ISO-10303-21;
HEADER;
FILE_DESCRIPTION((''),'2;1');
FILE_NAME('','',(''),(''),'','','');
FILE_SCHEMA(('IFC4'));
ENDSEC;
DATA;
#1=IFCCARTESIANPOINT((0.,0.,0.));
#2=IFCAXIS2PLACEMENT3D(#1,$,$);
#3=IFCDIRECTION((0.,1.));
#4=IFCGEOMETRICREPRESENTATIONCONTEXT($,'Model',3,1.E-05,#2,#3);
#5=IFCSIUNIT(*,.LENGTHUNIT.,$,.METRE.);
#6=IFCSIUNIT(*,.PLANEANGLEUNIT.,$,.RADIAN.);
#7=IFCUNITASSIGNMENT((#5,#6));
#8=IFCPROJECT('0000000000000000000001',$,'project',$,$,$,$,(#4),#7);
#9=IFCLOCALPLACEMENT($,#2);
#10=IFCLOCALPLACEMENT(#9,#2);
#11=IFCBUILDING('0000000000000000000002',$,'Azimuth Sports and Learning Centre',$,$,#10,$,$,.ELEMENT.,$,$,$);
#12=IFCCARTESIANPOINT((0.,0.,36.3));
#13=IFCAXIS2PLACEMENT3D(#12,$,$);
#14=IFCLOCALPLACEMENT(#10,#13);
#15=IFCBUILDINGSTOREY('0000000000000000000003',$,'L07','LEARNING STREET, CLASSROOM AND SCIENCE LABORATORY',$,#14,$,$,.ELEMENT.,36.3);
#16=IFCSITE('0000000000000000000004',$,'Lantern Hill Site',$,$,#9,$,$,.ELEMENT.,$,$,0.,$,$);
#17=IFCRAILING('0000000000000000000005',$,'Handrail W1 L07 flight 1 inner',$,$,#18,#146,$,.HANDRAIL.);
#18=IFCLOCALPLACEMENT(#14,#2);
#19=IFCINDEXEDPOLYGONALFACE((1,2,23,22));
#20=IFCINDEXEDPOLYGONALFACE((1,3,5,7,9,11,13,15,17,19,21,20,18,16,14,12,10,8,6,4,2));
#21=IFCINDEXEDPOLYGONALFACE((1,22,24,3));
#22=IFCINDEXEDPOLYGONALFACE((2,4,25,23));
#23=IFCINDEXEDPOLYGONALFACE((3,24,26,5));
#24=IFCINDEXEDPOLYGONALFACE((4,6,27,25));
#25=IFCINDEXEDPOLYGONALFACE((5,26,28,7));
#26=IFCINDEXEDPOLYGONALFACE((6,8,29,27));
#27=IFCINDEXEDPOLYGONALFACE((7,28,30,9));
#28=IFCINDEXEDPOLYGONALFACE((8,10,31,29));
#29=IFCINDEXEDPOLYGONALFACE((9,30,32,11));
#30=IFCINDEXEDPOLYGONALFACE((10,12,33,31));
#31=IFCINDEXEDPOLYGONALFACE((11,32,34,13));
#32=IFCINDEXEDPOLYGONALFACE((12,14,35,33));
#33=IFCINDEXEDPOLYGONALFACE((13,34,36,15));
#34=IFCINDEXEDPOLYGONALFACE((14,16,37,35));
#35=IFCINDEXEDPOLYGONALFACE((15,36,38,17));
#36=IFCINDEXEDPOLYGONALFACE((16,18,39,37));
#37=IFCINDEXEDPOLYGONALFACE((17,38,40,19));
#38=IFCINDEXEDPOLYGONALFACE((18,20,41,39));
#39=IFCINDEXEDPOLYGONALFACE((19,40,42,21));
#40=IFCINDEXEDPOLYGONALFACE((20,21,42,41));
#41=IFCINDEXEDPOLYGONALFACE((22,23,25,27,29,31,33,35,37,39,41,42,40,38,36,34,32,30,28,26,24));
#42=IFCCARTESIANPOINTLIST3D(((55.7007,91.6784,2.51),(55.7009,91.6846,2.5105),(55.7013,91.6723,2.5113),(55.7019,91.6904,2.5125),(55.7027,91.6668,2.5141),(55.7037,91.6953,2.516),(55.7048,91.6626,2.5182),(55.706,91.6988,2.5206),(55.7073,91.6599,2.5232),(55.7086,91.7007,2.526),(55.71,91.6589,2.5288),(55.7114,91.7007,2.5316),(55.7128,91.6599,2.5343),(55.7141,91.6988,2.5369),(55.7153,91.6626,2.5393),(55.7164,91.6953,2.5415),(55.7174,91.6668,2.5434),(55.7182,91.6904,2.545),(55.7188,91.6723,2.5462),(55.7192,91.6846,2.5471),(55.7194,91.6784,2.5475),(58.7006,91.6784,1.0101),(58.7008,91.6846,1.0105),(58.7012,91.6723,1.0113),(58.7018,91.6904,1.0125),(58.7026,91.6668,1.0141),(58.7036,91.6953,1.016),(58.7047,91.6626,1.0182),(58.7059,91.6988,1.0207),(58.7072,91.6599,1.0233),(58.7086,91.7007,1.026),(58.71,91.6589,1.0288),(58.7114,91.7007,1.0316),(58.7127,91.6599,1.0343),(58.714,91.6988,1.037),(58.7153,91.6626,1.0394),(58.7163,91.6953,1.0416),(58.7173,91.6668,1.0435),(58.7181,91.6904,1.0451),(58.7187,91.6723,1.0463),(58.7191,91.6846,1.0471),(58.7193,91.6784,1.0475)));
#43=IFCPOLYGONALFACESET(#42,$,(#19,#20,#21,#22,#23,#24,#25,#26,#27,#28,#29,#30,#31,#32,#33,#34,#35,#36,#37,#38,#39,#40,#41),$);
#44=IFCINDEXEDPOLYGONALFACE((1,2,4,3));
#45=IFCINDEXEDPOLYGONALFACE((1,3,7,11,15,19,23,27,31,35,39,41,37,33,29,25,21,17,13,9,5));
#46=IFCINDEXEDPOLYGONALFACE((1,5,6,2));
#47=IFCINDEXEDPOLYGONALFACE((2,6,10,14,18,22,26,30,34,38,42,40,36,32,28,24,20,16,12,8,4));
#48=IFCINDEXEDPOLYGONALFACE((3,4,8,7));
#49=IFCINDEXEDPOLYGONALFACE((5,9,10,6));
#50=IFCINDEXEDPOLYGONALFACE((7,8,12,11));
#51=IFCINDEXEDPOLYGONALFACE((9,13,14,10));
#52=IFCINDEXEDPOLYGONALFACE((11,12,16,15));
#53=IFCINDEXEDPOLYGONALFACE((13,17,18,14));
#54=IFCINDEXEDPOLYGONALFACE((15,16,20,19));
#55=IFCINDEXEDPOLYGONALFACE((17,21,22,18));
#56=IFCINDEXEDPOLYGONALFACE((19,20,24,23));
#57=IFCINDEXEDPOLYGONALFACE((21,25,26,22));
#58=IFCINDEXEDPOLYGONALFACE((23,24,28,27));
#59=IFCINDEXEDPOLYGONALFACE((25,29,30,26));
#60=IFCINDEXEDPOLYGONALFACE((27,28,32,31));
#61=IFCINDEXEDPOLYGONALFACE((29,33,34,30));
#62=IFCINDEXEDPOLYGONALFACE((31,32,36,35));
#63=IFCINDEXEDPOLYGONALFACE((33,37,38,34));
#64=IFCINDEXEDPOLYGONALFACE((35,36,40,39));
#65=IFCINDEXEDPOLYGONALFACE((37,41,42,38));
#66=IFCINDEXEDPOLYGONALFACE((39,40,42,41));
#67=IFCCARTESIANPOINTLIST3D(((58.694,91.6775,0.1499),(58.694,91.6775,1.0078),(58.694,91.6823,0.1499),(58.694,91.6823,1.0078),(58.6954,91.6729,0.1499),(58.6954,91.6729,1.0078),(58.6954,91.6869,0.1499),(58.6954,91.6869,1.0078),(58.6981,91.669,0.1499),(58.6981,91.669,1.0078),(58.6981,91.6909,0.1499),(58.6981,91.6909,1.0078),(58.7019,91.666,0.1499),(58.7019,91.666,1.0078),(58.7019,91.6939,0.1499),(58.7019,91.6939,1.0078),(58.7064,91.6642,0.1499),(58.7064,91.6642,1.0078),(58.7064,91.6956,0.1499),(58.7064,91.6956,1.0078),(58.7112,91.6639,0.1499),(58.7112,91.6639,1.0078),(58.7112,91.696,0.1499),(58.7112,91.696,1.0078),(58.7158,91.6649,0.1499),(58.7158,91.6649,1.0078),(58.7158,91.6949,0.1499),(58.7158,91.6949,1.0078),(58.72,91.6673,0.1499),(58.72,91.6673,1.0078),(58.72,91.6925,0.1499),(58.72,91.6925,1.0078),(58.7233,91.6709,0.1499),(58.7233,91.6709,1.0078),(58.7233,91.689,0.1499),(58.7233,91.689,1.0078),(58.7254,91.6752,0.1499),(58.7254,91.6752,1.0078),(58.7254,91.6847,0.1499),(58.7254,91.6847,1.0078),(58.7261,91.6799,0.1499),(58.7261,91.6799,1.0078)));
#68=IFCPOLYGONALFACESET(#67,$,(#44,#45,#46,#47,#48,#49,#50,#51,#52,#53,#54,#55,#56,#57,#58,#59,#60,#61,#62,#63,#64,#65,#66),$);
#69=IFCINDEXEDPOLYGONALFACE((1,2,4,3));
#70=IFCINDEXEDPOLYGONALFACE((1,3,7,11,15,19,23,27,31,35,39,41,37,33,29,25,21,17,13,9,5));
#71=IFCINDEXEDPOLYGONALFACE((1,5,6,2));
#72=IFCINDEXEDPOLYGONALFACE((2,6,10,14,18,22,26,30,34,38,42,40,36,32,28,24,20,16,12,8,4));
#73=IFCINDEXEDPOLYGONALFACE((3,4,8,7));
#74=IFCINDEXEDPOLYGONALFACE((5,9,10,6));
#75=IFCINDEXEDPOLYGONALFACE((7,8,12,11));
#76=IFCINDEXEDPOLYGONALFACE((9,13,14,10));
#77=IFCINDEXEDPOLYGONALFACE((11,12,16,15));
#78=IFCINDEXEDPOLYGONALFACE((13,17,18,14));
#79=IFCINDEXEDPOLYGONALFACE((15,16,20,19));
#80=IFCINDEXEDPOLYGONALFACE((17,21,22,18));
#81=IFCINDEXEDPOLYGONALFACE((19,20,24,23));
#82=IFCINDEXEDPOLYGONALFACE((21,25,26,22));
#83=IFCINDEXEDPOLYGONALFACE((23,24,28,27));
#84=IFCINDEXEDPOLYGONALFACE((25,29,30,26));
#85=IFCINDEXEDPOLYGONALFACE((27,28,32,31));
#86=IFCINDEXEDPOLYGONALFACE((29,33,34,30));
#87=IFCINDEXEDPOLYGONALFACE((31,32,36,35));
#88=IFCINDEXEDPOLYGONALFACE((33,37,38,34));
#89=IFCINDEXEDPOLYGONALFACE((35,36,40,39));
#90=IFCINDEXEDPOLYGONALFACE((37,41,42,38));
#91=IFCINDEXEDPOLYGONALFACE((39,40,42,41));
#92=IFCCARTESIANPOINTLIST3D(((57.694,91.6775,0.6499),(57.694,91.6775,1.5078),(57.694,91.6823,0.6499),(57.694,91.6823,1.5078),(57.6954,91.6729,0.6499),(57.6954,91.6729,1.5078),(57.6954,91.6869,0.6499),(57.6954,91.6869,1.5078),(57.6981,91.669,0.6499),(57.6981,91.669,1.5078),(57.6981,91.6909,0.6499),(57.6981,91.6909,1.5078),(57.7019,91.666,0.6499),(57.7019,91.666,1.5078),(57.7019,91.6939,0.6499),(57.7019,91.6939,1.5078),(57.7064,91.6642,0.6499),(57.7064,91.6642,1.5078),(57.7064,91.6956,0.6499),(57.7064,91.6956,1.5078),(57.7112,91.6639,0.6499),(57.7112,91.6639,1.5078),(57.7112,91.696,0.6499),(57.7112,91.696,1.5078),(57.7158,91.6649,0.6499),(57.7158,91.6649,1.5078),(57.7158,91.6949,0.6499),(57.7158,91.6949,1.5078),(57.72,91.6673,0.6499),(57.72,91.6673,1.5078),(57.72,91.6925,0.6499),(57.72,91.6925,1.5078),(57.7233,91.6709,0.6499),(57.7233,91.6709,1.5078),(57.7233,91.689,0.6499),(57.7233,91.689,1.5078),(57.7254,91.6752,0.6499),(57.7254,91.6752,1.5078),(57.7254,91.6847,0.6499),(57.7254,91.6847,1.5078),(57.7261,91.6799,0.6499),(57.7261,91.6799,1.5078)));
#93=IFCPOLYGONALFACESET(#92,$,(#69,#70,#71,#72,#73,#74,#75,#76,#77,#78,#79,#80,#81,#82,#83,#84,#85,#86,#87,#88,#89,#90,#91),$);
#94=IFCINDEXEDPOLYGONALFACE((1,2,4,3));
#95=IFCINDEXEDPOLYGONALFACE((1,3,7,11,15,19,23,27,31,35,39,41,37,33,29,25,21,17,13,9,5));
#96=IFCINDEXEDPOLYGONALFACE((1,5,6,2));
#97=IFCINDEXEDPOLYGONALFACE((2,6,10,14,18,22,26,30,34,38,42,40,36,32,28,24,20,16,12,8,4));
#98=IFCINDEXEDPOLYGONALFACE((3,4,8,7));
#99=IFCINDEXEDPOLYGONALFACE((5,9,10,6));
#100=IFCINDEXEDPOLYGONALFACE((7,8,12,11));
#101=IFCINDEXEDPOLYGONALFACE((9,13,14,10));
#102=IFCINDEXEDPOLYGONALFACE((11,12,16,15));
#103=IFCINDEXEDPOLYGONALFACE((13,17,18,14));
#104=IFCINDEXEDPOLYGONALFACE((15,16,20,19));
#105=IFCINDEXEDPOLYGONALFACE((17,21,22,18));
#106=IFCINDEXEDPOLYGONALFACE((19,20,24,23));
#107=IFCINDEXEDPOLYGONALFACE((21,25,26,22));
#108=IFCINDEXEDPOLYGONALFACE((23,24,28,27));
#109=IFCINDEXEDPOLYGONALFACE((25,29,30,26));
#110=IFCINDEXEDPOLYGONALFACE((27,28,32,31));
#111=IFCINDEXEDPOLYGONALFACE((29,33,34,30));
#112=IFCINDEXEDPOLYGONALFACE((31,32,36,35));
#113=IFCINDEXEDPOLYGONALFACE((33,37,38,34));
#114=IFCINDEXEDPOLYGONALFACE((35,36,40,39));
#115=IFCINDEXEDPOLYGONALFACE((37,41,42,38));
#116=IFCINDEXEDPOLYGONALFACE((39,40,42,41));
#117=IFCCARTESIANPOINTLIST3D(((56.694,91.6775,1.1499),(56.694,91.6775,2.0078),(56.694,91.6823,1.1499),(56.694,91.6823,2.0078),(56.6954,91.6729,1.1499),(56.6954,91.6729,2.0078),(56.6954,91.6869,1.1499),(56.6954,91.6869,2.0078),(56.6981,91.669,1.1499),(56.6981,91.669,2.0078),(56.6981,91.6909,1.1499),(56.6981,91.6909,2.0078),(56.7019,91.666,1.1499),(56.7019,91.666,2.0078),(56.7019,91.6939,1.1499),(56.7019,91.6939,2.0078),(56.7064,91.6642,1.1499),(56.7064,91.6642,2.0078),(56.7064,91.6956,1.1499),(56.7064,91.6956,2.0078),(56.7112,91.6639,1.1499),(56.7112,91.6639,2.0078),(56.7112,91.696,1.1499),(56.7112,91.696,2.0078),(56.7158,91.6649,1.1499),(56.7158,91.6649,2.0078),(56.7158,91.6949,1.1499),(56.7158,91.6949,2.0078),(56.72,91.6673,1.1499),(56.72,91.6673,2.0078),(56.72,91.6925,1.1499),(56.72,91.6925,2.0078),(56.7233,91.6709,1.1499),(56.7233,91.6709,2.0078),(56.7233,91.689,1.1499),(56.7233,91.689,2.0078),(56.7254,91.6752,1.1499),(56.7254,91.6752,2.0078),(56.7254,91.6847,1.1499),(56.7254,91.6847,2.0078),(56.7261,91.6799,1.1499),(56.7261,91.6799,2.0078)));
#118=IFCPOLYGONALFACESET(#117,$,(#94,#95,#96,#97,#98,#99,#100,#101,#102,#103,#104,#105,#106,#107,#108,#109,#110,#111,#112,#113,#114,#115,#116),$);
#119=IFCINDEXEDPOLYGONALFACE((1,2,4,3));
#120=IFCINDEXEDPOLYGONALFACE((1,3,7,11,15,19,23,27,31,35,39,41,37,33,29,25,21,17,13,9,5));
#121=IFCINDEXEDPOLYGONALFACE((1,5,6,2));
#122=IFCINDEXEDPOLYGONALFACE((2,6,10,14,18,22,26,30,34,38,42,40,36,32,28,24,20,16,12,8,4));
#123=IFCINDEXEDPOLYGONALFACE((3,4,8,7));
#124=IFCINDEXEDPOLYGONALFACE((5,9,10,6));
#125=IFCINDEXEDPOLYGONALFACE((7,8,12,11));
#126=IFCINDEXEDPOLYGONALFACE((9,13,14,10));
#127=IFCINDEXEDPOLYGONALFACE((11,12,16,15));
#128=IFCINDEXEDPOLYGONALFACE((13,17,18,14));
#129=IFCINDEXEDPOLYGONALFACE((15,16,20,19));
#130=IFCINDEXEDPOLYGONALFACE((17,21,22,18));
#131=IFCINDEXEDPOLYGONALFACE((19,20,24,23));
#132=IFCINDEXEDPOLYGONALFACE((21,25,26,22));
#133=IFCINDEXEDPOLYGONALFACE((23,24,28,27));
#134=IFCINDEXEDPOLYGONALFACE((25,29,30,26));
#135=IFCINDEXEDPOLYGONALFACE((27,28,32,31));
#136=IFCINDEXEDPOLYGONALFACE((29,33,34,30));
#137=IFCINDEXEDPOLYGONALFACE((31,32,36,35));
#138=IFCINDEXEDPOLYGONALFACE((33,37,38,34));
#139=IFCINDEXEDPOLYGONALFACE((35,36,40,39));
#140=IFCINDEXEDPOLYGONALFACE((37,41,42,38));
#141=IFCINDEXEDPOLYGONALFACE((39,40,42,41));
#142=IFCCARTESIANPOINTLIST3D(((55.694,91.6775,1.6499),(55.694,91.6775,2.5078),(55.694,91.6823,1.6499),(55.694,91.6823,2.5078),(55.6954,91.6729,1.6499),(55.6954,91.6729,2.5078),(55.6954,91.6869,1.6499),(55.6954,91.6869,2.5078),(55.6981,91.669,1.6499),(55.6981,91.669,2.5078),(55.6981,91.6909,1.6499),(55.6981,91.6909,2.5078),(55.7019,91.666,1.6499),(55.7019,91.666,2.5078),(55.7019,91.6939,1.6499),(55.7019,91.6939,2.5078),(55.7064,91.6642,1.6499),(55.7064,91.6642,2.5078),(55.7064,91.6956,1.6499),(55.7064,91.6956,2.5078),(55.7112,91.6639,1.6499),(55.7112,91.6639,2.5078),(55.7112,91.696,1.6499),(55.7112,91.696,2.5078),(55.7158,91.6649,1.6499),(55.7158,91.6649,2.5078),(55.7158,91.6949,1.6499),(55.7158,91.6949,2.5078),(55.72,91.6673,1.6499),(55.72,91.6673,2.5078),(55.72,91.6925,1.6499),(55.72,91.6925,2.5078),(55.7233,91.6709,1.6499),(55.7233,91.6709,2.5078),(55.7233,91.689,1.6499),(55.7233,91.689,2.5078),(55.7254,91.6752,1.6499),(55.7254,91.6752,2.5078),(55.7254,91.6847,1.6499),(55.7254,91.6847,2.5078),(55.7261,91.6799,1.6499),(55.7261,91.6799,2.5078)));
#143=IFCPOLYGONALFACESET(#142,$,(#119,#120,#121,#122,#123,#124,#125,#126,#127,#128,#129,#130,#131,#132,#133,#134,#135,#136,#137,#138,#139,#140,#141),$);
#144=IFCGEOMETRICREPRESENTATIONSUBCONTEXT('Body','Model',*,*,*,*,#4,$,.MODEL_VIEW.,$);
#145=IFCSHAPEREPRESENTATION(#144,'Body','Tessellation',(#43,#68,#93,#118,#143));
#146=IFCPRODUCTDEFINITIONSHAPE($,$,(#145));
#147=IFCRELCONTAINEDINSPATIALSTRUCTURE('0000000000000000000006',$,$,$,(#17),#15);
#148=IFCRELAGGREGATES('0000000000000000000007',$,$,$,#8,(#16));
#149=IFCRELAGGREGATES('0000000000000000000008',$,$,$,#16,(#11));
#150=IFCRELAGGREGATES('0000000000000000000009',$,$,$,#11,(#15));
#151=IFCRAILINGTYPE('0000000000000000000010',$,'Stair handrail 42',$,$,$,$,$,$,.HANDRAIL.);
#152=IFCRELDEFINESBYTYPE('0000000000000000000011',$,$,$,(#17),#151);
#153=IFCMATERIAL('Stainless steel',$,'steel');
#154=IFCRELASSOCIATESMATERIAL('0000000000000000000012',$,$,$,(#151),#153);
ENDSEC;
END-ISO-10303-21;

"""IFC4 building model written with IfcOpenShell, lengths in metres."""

from ifc_helpers import new_model, si_unit, direction, frame, origin, origin_2d, place, context, subcontext, project, spatial, circle, extrude, material, type_object, element, save


model = new_model("IFC4")

# Units and contexts
model_context = context("Model", 3, precision=1e-05, world=origin(), true_north=direction((0.0, 1.0)))
body_context = subcontext(model_context, "Body", "Model", "MODEL_VIEW")
ifc_project = project(units=[si_unit("LENGTHUNIT", "METRE"), si_unit("PLANEANGLEUNIT", "RADIAN")], contexts=[model_context])

# Site, building, storey
site_placement = place(None, origin())
site = spatial("IfcSite", under=ifc_project, at=site_placement, Name="Lantern Hill Site", CompositionType="ELEMENT", RefElevation=0.0)
building_placement = place(site_placement, origin())
building = spatial("IfcBuilding", under=site, at=building_placement, Name="Azimuth Sports and Learning Centre", CompositionType="ELEMENT")
storey_placement = place(building_placement, frame((0.0, 0.0, 36.3)))
storey = spatial("IfcBuildingStorey", under=building, at=storey_placement, Name="L07", Description="LEARNING STREET, CLASSROOM AND SCIENCE LABORATORY", CompositionType="ELEMENT", Elevation=36.3)

# Railing
ifc_material_1 = material(Name="Stainless steel", Category="steel")
railing_type_1 = type_object("IfcRailingType", Name="Stair handrail 42", PredefinedType="HANDRAIL", material=ifc_material_1)
for number, where, name in (
    (1, (58.71, 91.6799, 0.1499), "Handrail W1 L07 flight 1 inner"),
):
    element("IfcRailing", number, at=place(storey_placement, frame(where)), inside=storey, type_object=railing_type_1, Name=name, PredefinedType="HANDRAIL", context=body_context, shape_type="SweptSolid", body=[
        extrude(circle(Radius=0.021, at=origin_2d()), frame((0.0, 0.0, 0.8789), z_axis=(-0.894427, 0.0, 0.447214), x_axis=(0.0, -1.0, 0.0)), (0.0, 0.0, 1.0), 3.354),
        extrude(circle(Radius=0.0161, at=origin_2d()), origin(), (0.0, 0.0, 1.0), 0.8579),
        extrude(circle(Radius=0.0161, at=origin_2d()), frame((-1.0, 0.0, 0.5)), (0.0, 0.0, 1.0), 0.8579),
        extrude(circle(Radius=0.0161, at=origin_2d()), frame((-2.0, 0.0, 1.0)), (0.0, 0.0, 1.0), 0.8579),
        extrude(circle(Radius=0.0161, at=origin_2d()), frame((-3.0, 0.0, 1.5)), (0.0, 0.0, 1.0), 0.8579),
    ])

save(model, "model.ifc")
